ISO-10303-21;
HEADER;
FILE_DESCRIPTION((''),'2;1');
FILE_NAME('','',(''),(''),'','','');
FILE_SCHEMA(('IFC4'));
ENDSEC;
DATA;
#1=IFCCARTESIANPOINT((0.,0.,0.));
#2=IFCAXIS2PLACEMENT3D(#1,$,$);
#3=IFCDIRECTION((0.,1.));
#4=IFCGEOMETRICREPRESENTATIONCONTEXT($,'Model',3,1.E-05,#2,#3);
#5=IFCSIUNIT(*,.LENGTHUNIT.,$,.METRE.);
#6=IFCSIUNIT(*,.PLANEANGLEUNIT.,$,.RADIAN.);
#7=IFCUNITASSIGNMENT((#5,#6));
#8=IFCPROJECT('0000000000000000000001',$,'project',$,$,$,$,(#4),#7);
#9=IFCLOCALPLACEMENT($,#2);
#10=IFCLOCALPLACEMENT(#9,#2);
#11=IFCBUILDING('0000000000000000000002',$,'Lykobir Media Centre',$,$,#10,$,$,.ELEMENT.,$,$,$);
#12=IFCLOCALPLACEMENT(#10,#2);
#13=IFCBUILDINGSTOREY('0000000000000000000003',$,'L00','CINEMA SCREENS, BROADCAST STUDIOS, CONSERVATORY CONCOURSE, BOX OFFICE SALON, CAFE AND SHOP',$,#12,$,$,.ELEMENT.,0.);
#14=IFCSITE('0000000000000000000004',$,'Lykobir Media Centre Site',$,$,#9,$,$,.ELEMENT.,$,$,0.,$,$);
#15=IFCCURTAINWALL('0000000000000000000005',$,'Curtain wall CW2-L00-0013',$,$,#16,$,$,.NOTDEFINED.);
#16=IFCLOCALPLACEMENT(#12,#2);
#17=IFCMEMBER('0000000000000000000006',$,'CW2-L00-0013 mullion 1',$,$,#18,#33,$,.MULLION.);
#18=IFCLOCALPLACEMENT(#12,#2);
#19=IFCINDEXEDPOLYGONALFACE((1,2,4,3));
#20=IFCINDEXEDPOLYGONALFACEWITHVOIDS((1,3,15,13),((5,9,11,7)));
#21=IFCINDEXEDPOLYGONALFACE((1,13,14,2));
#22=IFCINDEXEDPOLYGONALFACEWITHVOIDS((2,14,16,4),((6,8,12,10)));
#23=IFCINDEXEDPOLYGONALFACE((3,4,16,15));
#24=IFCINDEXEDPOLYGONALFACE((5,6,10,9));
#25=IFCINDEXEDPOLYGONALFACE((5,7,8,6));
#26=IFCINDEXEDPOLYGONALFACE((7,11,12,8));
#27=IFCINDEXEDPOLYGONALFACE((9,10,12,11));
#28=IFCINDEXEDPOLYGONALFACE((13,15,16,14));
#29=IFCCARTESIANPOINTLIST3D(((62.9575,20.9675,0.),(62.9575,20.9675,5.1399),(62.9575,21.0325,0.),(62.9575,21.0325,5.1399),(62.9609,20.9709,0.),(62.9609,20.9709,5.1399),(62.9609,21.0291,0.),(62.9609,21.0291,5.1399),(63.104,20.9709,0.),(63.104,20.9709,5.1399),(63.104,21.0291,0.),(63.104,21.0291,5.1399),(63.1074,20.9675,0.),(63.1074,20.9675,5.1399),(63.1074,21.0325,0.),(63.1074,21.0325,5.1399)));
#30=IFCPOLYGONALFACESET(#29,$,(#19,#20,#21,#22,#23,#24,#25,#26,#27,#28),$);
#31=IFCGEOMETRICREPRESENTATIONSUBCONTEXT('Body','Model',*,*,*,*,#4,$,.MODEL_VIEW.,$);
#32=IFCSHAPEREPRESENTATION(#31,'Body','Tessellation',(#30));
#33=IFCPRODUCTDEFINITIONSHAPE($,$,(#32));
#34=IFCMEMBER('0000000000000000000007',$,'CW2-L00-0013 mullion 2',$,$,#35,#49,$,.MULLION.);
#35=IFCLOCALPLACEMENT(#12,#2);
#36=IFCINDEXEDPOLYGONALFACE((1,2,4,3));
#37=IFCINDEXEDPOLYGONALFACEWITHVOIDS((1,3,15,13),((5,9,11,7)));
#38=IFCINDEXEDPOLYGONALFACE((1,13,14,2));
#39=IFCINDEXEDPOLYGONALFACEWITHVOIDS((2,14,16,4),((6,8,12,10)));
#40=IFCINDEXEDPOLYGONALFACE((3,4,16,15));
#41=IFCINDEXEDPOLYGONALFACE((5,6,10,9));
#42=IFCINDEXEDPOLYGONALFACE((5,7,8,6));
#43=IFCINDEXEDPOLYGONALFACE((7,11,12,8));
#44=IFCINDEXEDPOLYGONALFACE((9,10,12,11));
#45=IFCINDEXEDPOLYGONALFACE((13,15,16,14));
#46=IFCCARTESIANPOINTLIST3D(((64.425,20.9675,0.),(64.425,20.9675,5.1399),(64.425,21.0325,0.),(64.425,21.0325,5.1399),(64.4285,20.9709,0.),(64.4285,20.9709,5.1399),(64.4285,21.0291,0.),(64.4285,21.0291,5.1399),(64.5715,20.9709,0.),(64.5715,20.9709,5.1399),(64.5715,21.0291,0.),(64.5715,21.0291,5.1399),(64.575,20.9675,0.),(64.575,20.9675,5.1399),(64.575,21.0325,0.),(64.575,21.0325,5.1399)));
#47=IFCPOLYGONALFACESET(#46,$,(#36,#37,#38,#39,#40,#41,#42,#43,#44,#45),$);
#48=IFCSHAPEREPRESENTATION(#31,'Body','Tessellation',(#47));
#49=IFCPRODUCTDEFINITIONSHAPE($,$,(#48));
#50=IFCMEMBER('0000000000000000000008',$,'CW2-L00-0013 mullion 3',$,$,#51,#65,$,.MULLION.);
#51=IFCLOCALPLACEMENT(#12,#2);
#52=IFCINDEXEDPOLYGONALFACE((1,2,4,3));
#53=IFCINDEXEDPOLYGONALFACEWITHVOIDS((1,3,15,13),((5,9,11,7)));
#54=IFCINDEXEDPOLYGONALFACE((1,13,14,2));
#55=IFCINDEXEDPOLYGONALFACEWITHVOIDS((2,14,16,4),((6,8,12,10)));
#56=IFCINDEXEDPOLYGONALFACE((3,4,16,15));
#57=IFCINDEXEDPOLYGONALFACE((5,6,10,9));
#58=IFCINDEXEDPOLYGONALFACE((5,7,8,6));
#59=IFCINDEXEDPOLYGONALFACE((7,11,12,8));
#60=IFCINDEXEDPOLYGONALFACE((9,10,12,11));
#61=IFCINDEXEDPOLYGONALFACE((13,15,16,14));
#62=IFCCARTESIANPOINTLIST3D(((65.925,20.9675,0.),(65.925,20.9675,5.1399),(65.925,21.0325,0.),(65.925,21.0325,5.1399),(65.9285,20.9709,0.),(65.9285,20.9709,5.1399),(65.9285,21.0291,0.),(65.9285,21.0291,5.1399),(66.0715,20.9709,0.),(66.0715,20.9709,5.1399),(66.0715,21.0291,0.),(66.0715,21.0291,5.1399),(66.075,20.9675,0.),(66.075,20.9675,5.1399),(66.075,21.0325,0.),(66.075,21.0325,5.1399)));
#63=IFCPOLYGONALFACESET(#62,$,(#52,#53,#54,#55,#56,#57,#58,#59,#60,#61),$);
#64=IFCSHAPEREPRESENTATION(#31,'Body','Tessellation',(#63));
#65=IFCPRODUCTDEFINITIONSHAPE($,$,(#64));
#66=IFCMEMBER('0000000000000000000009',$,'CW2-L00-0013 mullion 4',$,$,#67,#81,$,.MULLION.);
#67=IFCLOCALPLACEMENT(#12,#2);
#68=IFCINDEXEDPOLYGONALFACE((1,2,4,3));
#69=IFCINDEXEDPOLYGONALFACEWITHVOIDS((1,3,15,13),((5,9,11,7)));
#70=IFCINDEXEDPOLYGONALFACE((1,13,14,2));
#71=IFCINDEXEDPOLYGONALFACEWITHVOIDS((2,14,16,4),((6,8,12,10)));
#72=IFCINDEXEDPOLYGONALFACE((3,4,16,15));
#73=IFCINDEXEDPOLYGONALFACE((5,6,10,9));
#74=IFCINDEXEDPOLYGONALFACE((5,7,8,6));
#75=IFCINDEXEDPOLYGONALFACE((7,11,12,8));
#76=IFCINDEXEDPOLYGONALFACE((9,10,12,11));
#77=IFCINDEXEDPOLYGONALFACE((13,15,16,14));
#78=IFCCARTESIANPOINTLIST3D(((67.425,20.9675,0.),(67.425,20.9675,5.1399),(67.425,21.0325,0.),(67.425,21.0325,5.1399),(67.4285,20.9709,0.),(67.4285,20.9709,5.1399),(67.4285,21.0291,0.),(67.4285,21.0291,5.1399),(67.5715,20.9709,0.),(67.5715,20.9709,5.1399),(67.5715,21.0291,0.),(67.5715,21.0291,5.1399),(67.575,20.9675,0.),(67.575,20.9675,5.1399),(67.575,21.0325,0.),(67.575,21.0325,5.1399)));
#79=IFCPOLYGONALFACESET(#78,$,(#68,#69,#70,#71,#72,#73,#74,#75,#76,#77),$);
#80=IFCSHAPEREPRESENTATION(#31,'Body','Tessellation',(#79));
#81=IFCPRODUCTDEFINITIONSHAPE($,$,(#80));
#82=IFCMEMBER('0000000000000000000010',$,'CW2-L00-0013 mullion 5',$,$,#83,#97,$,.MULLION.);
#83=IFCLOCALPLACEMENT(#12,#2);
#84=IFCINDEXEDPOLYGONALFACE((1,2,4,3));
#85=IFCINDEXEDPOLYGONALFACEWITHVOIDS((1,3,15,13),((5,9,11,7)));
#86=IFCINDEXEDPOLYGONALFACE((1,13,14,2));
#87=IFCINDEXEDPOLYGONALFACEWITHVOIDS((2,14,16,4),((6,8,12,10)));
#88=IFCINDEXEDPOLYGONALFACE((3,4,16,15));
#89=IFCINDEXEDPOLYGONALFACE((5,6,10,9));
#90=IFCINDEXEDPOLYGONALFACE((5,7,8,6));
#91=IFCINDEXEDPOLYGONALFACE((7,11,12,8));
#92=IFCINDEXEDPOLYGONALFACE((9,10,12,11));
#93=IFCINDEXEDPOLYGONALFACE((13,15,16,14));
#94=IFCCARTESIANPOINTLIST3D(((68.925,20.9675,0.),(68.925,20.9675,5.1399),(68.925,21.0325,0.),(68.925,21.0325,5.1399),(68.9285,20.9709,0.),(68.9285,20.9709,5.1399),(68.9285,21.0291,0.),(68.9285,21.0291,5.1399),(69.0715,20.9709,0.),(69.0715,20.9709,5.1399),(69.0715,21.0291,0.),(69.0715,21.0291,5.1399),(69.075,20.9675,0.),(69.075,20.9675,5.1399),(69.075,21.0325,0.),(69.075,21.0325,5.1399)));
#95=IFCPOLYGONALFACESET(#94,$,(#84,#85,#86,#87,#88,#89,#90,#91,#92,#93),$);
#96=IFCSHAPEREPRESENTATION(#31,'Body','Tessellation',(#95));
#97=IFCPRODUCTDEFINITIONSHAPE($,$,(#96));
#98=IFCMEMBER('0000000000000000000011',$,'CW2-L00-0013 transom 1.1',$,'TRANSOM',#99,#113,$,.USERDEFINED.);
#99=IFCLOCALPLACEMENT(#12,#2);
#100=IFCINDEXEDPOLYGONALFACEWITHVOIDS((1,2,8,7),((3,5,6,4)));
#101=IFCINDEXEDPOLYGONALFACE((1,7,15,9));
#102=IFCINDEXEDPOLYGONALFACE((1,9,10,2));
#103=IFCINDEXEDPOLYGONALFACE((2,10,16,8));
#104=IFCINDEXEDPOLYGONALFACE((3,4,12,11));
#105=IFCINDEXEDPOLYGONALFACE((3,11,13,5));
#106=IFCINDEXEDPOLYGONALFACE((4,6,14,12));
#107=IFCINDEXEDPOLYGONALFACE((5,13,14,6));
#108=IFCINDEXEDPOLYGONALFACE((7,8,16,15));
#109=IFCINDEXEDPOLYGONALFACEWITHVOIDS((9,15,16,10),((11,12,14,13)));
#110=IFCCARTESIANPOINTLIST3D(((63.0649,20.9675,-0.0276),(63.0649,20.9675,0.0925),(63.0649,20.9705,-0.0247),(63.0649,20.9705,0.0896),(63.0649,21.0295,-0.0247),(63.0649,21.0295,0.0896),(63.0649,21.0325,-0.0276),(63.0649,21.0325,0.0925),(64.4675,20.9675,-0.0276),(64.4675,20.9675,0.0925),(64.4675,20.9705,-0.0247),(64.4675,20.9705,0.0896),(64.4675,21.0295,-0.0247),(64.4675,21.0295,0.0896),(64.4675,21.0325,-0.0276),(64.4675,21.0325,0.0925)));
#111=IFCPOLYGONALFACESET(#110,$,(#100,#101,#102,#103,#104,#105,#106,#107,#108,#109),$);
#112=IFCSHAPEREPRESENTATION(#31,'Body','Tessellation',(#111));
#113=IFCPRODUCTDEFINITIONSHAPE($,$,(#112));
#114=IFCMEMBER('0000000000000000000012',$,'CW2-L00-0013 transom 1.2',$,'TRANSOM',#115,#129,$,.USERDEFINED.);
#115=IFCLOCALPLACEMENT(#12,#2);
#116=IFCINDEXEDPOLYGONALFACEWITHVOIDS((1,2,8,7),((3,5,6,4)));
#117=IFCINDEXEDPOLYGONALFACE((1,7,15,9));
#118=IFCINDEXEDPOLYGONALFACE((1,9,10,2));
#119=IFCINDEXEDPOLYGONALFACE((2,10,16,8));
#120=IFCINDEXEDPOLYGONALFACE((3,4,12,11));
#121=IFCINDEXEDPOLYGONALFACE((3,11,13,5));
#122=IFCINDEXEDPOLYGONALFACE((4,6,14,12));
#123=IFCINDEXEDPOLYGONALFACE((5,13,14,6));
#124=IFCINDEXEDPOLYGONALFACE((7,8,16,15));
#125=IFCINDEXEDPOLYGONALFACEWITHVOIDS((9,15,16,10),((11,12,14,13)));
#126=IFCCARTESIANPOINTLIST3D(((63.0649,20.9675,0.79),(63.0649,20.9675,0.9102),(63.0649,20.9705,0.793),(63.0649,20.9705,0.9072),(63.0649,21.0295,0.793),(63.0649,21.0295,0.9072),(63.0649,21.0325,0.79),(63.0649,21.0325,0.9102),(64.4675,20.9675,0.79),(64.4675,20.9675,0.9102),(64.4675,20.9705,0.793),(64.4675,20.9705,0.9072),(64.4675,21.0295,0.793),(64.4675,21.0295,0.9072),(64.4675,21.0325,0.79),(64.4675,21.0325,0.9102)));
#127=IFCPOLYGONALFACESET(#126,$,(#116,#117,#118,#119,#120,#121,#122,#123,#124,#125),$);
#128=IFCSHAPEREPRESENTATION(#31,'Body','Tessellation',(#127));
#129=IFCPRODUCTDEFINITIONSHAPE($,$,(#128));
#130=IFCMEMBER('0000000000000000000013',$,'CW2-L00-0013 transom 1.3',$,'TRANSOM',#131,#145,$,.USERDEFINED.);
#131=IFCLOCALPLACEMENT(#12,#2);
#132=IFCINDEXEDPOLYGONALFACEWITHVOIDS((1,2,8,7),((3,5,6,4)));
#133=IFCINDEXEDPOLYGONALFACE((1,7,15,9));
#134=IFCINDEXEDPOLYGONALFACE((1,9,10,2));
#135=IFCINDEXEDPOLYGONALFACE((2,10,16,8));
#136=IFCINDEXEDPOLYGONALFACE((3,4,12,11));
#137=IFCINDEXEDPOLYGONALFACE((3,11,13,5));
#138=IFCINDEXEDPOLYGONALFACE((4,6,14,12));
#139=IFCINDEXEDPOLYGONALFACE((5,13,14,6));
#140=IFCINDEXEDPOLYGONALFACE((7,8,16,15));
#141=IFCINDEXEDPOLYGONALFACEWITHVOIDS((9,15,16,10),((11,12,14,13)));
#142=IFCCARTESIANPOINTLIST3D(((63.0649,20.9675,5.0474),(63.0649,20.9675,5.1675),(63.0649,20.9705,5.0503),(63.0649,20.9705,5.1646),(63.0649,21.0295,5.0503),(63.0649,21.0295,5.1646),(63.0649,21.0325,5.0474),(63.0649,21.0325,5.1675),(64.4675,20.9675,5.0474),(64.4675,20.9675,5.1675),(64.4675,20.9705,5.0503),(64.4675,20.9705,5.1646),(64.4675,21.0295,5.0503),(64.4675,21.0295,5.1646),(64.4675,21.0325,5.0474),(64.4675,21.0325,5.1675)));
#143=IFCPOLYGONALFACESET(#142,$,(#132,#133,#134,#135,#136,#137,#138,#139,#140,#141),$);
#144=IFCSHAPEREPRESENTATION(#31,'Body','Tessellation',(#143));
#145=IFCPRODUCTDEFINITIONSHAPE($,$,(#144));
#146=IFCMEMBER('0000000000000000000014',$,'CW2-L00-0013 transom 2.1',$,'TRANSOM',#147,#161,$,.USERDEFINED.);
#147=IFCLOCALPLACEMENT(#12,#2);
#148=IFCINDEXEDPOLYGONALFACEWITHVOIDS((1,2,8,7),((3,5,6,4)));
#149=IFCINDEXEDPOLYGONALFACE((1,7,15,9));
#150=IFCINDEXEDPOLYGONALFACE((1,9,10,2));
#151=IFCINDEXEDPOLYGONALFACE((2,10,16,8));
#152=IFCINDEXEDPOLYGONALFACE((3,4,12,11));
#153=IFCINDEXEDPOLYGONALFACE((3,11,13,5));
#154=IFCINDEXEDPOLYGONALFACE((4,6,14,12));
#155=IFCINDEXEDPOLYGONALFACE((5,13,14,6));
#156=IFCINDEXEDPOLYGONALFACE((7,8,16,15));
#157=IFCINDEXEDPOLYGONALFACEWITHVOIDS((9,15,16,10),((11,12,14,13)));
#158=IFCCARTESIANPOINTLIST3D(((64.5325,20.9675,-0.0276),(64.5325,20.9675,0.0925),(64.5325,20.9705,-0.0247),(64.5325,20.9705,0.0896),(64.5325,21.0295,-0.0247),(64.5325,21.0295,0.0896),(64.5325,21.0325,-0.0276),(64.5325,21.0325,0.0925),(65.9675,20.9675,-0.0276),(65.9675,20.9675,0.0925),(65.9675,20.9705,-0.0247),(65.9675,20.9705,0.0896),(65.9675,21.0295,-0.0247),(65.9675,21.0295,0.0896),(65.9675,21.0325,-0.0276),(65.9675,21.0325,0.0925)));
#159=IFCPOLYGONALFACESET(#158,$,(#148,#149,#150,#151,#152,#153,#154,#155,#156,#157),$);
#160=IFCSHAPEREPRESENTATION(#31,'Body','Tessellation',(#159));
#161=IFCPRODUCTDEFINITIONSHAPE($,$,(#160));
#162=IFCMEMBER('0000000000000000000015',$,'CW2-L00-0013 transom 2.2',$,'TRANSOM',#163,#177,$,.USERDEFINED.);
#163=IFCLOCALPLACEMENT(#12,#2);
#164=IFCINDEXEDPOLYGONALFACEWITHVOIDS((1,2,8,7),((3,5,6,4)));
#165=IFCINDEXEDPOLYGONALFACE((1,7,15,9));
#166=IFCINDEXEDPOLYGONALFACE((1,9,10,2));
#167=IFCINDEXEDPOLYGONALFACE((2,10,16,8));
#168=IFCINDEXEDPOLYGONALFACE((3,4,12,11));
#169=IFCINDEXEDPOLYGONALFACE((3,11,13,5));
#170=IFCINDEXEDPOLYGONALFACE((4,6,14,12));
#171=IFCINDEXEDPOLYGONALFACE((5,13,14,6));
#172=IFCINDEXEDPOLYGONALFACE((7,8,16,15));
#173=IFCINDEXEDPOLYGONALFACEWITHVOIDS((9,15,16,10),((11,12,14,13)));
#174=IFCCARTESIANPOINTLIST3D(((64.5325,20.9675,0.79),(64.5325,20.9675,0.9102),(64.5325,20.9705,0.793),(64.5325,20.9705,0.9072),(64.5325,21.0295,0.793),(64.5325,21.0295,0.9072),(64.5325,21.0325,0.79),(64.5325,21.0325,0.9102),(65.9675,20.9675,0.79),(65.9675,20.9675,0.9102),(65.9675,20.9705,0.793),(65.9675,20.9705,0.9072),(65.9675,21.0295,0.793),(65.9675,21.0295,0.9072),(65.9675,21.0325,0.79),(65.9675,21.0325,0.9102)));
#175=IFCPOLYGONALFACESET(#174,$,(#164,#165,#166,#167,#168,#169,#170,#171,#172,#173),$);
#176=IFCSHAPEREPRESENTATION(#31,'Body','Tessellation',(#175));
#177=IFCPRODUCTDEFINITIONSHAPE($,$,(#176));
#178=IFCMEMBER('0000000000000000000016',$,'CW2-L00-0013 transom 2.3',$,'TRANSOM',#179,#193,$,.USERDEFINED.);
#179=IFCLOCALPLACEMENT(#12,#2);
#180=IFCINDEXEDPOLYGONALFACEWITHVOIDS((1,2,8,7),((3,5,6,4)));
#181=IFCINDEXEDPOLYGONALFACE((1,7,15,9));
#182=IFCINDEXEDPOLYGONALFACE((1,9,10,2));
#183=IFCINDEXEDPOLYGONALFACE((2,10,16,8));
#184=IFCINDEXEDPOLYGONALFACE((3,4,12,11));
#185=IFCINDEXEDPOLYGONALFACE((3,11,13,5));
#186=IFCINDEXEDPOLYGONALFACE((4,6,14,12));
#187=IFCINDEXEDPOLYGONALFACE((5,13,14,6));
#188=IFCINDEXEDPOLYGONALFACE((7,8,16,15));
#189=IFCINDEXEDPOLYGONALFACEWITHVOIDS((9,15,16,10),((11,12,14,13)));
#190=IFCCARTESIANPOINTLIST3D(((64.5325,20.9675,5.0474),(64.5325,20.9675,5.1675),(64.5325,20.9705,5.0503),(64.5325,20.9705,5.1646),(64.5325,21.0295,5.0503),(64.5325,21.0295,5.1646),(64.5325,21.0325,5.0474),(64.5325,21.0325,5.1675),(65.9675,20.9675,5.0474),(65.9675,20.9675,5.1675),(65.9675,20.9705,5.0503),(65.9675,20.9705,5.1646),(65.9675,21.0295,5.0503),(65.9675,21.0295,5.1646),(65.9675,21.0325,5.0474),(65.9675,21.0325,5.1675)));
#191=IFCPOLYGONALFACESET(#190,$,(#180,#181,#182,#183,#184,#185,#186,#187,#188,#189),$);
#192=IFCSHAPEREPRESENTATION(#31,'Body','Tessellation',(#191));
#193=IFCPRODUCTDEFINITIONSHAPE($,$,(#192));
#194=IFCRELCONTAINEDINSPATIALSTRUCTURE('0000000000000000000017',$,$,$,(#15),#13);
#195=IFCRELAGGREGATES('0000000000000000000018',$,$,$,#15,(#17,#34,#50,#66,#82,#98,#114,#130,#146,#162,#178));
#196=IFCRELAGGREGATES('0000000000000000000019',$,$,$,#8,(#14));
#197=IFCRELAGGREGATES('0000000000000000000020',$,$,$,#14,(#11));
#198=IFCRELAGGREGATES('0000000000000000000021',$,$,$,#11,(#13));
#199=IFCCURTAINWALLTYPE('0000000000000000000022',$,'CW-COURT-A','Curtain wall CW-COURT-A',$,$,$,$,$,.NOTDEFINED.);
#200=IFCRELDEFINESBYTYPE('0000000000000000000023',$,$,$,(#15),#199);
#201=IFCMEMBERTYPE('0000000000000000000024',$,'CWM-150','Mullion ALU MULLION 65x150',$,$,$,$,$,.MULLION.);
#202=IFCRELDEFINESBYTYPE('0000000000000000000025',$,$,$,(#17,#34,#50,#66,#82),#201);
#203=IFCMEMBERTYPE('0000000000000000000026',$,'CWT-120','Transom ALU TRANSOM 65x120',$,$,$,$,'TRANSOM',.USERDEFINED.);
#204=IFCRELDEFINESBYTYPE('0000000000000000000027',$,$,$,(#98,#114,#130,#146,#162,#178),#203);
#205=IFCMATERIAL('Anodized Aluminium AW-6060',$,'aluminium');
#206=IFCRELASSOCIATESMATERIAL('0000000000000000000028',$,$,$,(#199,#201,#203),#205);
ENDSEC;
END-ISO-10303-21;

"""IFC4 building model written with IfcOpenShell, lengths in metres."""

from ifc_helpers import new_model, si_unit, direction, frame, origin, origin_2d, place, context, subcontext, project, spatial, hollow_rectangle, extrude, material, material_profile, profile_set, type_object, element, aggregate, save


model = new_model("IFC4")

# Units and contexts
model_context = context("Model", 3, precision=1e-05, world=origin(), true_north=direction((0.0, 1.0)))
body_context = subcontext(model_context, "Body", "Model", "MODEL_VIEW")
ifc_project = project(units=[si_unit("LENGTHUNIT", "METRE"), si_unit("PLANEANGLEUNIT", "RADIAN")], contexts=[model_context])

# Site, building, storey
site_placement = place(None, origin())
site = spatial("IfcSite", under=ifc_project, at=site_placement, Name="Lykobir Media Centre Site", CompositionType="ELEMENT", RefElevation=0.0)
building_placement = place(site_placement, origin())
building = spatial("IfcBuilding", under=site, at=building_placement, Name="Lykobir Media Centre", CompositionType="ELEMENT")
storey_placement = place(building_placement, origin())
storey = spatial("IfcBuildingStorey", under=building, at=storey_placement, Name="L00", Description="CINEMA SCREENS, BROADCAST STUDIOS, CONSERVATORY CONCOURSE, BOX OFFICE SALON, CAFE AND SHOP", CompositionType="ELEMENT", Elevation=0.0)

# Curtain wall, members
ifc_material_1 = material(Name="Anodized Aluminium AW-6060", Category="aluminium")
curtain_wall_type = type_object("IfcCurtainWallType", Name="CW-COURT-A", Description="Curtain wall CW-COURT-A", PredefinedType="NOTDEFINED", material=ifc_material_1)
curtain_wall_placement = place(storey_placement, origin())
curtain_wall = element("IfcCurtainWall", 1, at=curtain_wall_placement, inside=storey, type_object=curtain_wall_type, Name="Curtain wall CW2-L00-0013", PredefinedType="NOTDEFINED")
ifc_material_profile_1 = material_profile(ifc_material_1, hollow_rectangle(XDim=0.0649, YDim=0.1499, WallThickness=0.0034, at=origin_2d()), Name="ALU MULLION 65x150")
ifc_profile_set_1 = profile_set([ifc_material_profile_1], Name="Anodized Aluminium AW-6060")
member_type_1 = type_object("IfcMemberType", Name="CWM-150", Description="Mullion ALU MULLION 65x150", PredefinedType="MULLION", material=ifc_profile_set_1)
member_1_placement = place(storey_placement, frame((63.0325, 21.0, 0.0), z_axis=(0.0, 0.0, 1.0), x_axis=(0.0, 1.0, 0.0)))
member_1 = element("IfcMember", 2, at=member_1_placement, type_object=member_type_1, Name="CW2-L00-0013 mullion 1", PredefinedType="MULLION", context=body_context, shape_type="SweptSolid", body=[
    extrude(hollow_rectangle(XDim=0.0649, YDim=0.1499, WallThickness=0.0034, at=origin_2d()), origin(), (0.0, 0.0, 1.0), 5.1399),
])
member_2_placement = place(storey_placement, frame((64.5, 21.0, 0.0), z_axis=(0.0, 0.0, 1.0), x_axis=(0.0, 1.0, 0.0)))
member_2 = element("IfcMember", 3, at=member_2_placement, type_object=member_type_1, Name="CW2-L00-0013 mullion 2", PredefinedType="MULLION", context=body_context, shape_type="SweptSolid", body=[
    extrude(hollow_rectangle(XDim=0.0649, YDim=0.1499, WallThickness=0.0034, at=origin_2d()), origin(), (0.0, 0.0, 1.0), 5.1399),
])
member_3_placement = place(storey_placement, frame((66.0, 21.0, 0.0), z_axis=(0.0, 0.0, 1.0), x_axis=(0.0, 1.0, 0.0)))
member_3 = element("IfcMember", 4, at=member_3_placement, type_object=member_type_1, Name="CW2-L00-0013 mullion 3", PredefinedType="MULLION", context=body_context, shape_type="SweptSolid", body=[
    extrude(hollow_rectangle(XDim=0.0649, YDim=0.1499, WallThickness=0.0034, at=origin_2d()), origin(), (0.0, 0.0, 1.0), 5.1399),
])
member_4_placement = place(storey_placement, frame((67.5, 21.0, 0.0), z_axis=(0.0, 0.0, 1.0), x_axis=(0.0, 1.0, 0.0)))
member_4 = element("IfcMember", 5, at=member_4_placement, type_object=member_type_1, Name="CW2-L00-0013 mullion 4", PredefinedType="MULLION", context=body_context, shape_type="SweptSolid", body=[
    extrude(hollow_rectangle(XDim=0.0649, YDim=0.1499, WallThickness=0.0034, at=origin_2d()), origin(), (0.0, 0.0, 1.0), 5.1399),
])
member_5_placement = place(storey_placement, frame((69.0, 21.0, 0.0), z_axis=(0.0, 0.0, 1.0), x_axis=(0.0, 1.0, 0.0)))
member_5 = element("IfcMember", 6, at=member_5_placement, type_object=member_type_1, Name="CW2-L00-0013 mullion 5", PredefinedType="MULLION", context=body_context, shape_type="SweptSolid", body=[
    extrude(hollow_rectangle(XDim=0.0649, YDim=0.1499, WallThickness=0.0034, at=origin_2d()), origin(), (0.0, 0.0, 1.0), 5.1399),
])
ifc_material_profile_2 = material_profile(ifc_material_1, hollow_rectangle(XDim=0.0649, YDim=0.1201, WallThickness=0.0029, at=origin_2d()), Name="ALU TRANSOM 65x120")
ifc_profile_set_2 = profile_set([ifc_material_profile_2], Name="Anodized Aluminium AW-6060")
member_type_2 = type_object("IfcMemberType", Name="CWT-120", Description="Transom ALU TRANSOM 65x120", ElementType="TRANSOM", PredefinedType="USERDEFINED", material=ifc_profile_set_2)
member_6_placement = place(storey_placement, frame((63.0649, 21.0, 0.0325), z_axis=(1.0, 0.0, 0.0), x_axis=(0.0, 1.0, 0.0)))
member_6 = element("IfcMember", 7, at=member_6_placement, type_object=member_type_2, Name="CW2-L00-0013 transom 1.1", ObjectType="TRANSOM", PredefinedType="USERDEFINED", context=body_context, shape_type="SweptSolid", body=[
    extrude(hollow_rectangle(XDim=0.0649, YDim=0.1201, WallThickness=0.0029, at=origin_2d()), origin(), (0.0, 0.0, 1.0), 1.4026),
])
member_7_placement = place(storey_placement, frame((63.0649, 21.0, 0.8501), z_axis=(1.0, 0.0, 0.0), x_axis=(0.0, 1.0, 0.0)))
member_7 = element("IfcMember", 8, at=member_7_placement, type_object=member_type_2, Name="CW2-L00-0013 transom 1.2", ObjectType="TRANSOM", PredefinedType="USERDEFINED", context=body_context, shape_type="SweptSolid", body=[
    extrude(hollow_rectangle(XDim=0.0649, YDim=0.1201, WallThickness=0.0029, at=origin_2d()), origin(), (0.0, 0.0, 1.0), 1.4026),
])
member_8_placement = place(storey_placement, frame((63.0649, 21.0, 5.1074), z_axis=(1.0, 0.0, 0.0), x_axis=(0.0, 1.0, 0.0)))
member_8 = element("IfcMember", 9, at=member_8_placement, type_object=member_type_2, Name="CW2-L00-0013 transom 1.3", ObjectType="TRANSOM", PredefinedType="USERDEFINED", context=body_context, shape_type="SweptSolid", body=[
    extrude(hollow_rectangle(XDim=0.0649, YDim=0.1201, WallThickness=0.0029, at=origin_2d()), origin(), (0.0, 0.0, 1.0), 1.4026),
])
member_9_placement = place(storey_placement, frame((64.5325, 21.0, 0.0325), z_axis=(1.0, 0.0, 0.0), x_axis=(0.0, 1.0, 0.0)))
member_9 = element("IfcMember", 10, at=member_9_placement, type_object=member_type_2, Name="CW2-L00-0013 transom 2.1", ObjectType="TRANSOM", PredefinedType="USERDEFINED", context=body_context, shape_type="SweptSolid", body=[
    extrude(hollow_rectangle(XDim=0.0649, YDim=0.1201, WallThickness=0.0029, at=origin_2d()), origin(), (0.0, 0.0, 1.0), 1.4351),
])
member_10_placement = place(storey_placement, frame((64.5325, 21.0, 0.8501), z_axis=(1.0, 0.0, 0.0), x_axis=(0.0, 1.0, 0.0)))
member_10 = element("IfcMember", 11, at=member_10_placement, type_object=member_type_2, Name="CW2-L00-0013 transom 2.2", ObjectType="TRANSOM", PredefinedType="USERDEFINED", context=body_context, shape_type="SweptSolid", body=[
    extrude(hollow_rectangle(XDim=0.0649, YDim=0.1201, WallThickness=0.0029, at=origin_2d()), origin(), (0.0, 0.0, 1.0), 1.4351),
])
member_11_placement = place(storey_placement, frame((64.5325, 21.0, 5.1074), z_axis=(1.0, 0.0, 0.0), x_axis=(0.0, 1.0, 0.0)))
member_11 = element("IfcMember", 12, at=member_11_placement, type_object=member_type_2, Name="CW2-L00-0013 transom 2.3", ObjectType="TRANSOM", PredefinedType="USERDEFINED", context=body_context, shape_type="SweptSolid", body=[
    extrude(hollow_rectangle(XDim=0.0649, YDim=0.1201, WallThickness=0.0029, at=origin_2d()), origin(), (0.0, 0.0, 1.0), 1.4351),
])
aggregate(curtain_wall, [member_1, member_2, member_3, member_4, member_5, member_6, member_7, member_8, member_9, member_10, member_11])

save(model, "model.ifc")
